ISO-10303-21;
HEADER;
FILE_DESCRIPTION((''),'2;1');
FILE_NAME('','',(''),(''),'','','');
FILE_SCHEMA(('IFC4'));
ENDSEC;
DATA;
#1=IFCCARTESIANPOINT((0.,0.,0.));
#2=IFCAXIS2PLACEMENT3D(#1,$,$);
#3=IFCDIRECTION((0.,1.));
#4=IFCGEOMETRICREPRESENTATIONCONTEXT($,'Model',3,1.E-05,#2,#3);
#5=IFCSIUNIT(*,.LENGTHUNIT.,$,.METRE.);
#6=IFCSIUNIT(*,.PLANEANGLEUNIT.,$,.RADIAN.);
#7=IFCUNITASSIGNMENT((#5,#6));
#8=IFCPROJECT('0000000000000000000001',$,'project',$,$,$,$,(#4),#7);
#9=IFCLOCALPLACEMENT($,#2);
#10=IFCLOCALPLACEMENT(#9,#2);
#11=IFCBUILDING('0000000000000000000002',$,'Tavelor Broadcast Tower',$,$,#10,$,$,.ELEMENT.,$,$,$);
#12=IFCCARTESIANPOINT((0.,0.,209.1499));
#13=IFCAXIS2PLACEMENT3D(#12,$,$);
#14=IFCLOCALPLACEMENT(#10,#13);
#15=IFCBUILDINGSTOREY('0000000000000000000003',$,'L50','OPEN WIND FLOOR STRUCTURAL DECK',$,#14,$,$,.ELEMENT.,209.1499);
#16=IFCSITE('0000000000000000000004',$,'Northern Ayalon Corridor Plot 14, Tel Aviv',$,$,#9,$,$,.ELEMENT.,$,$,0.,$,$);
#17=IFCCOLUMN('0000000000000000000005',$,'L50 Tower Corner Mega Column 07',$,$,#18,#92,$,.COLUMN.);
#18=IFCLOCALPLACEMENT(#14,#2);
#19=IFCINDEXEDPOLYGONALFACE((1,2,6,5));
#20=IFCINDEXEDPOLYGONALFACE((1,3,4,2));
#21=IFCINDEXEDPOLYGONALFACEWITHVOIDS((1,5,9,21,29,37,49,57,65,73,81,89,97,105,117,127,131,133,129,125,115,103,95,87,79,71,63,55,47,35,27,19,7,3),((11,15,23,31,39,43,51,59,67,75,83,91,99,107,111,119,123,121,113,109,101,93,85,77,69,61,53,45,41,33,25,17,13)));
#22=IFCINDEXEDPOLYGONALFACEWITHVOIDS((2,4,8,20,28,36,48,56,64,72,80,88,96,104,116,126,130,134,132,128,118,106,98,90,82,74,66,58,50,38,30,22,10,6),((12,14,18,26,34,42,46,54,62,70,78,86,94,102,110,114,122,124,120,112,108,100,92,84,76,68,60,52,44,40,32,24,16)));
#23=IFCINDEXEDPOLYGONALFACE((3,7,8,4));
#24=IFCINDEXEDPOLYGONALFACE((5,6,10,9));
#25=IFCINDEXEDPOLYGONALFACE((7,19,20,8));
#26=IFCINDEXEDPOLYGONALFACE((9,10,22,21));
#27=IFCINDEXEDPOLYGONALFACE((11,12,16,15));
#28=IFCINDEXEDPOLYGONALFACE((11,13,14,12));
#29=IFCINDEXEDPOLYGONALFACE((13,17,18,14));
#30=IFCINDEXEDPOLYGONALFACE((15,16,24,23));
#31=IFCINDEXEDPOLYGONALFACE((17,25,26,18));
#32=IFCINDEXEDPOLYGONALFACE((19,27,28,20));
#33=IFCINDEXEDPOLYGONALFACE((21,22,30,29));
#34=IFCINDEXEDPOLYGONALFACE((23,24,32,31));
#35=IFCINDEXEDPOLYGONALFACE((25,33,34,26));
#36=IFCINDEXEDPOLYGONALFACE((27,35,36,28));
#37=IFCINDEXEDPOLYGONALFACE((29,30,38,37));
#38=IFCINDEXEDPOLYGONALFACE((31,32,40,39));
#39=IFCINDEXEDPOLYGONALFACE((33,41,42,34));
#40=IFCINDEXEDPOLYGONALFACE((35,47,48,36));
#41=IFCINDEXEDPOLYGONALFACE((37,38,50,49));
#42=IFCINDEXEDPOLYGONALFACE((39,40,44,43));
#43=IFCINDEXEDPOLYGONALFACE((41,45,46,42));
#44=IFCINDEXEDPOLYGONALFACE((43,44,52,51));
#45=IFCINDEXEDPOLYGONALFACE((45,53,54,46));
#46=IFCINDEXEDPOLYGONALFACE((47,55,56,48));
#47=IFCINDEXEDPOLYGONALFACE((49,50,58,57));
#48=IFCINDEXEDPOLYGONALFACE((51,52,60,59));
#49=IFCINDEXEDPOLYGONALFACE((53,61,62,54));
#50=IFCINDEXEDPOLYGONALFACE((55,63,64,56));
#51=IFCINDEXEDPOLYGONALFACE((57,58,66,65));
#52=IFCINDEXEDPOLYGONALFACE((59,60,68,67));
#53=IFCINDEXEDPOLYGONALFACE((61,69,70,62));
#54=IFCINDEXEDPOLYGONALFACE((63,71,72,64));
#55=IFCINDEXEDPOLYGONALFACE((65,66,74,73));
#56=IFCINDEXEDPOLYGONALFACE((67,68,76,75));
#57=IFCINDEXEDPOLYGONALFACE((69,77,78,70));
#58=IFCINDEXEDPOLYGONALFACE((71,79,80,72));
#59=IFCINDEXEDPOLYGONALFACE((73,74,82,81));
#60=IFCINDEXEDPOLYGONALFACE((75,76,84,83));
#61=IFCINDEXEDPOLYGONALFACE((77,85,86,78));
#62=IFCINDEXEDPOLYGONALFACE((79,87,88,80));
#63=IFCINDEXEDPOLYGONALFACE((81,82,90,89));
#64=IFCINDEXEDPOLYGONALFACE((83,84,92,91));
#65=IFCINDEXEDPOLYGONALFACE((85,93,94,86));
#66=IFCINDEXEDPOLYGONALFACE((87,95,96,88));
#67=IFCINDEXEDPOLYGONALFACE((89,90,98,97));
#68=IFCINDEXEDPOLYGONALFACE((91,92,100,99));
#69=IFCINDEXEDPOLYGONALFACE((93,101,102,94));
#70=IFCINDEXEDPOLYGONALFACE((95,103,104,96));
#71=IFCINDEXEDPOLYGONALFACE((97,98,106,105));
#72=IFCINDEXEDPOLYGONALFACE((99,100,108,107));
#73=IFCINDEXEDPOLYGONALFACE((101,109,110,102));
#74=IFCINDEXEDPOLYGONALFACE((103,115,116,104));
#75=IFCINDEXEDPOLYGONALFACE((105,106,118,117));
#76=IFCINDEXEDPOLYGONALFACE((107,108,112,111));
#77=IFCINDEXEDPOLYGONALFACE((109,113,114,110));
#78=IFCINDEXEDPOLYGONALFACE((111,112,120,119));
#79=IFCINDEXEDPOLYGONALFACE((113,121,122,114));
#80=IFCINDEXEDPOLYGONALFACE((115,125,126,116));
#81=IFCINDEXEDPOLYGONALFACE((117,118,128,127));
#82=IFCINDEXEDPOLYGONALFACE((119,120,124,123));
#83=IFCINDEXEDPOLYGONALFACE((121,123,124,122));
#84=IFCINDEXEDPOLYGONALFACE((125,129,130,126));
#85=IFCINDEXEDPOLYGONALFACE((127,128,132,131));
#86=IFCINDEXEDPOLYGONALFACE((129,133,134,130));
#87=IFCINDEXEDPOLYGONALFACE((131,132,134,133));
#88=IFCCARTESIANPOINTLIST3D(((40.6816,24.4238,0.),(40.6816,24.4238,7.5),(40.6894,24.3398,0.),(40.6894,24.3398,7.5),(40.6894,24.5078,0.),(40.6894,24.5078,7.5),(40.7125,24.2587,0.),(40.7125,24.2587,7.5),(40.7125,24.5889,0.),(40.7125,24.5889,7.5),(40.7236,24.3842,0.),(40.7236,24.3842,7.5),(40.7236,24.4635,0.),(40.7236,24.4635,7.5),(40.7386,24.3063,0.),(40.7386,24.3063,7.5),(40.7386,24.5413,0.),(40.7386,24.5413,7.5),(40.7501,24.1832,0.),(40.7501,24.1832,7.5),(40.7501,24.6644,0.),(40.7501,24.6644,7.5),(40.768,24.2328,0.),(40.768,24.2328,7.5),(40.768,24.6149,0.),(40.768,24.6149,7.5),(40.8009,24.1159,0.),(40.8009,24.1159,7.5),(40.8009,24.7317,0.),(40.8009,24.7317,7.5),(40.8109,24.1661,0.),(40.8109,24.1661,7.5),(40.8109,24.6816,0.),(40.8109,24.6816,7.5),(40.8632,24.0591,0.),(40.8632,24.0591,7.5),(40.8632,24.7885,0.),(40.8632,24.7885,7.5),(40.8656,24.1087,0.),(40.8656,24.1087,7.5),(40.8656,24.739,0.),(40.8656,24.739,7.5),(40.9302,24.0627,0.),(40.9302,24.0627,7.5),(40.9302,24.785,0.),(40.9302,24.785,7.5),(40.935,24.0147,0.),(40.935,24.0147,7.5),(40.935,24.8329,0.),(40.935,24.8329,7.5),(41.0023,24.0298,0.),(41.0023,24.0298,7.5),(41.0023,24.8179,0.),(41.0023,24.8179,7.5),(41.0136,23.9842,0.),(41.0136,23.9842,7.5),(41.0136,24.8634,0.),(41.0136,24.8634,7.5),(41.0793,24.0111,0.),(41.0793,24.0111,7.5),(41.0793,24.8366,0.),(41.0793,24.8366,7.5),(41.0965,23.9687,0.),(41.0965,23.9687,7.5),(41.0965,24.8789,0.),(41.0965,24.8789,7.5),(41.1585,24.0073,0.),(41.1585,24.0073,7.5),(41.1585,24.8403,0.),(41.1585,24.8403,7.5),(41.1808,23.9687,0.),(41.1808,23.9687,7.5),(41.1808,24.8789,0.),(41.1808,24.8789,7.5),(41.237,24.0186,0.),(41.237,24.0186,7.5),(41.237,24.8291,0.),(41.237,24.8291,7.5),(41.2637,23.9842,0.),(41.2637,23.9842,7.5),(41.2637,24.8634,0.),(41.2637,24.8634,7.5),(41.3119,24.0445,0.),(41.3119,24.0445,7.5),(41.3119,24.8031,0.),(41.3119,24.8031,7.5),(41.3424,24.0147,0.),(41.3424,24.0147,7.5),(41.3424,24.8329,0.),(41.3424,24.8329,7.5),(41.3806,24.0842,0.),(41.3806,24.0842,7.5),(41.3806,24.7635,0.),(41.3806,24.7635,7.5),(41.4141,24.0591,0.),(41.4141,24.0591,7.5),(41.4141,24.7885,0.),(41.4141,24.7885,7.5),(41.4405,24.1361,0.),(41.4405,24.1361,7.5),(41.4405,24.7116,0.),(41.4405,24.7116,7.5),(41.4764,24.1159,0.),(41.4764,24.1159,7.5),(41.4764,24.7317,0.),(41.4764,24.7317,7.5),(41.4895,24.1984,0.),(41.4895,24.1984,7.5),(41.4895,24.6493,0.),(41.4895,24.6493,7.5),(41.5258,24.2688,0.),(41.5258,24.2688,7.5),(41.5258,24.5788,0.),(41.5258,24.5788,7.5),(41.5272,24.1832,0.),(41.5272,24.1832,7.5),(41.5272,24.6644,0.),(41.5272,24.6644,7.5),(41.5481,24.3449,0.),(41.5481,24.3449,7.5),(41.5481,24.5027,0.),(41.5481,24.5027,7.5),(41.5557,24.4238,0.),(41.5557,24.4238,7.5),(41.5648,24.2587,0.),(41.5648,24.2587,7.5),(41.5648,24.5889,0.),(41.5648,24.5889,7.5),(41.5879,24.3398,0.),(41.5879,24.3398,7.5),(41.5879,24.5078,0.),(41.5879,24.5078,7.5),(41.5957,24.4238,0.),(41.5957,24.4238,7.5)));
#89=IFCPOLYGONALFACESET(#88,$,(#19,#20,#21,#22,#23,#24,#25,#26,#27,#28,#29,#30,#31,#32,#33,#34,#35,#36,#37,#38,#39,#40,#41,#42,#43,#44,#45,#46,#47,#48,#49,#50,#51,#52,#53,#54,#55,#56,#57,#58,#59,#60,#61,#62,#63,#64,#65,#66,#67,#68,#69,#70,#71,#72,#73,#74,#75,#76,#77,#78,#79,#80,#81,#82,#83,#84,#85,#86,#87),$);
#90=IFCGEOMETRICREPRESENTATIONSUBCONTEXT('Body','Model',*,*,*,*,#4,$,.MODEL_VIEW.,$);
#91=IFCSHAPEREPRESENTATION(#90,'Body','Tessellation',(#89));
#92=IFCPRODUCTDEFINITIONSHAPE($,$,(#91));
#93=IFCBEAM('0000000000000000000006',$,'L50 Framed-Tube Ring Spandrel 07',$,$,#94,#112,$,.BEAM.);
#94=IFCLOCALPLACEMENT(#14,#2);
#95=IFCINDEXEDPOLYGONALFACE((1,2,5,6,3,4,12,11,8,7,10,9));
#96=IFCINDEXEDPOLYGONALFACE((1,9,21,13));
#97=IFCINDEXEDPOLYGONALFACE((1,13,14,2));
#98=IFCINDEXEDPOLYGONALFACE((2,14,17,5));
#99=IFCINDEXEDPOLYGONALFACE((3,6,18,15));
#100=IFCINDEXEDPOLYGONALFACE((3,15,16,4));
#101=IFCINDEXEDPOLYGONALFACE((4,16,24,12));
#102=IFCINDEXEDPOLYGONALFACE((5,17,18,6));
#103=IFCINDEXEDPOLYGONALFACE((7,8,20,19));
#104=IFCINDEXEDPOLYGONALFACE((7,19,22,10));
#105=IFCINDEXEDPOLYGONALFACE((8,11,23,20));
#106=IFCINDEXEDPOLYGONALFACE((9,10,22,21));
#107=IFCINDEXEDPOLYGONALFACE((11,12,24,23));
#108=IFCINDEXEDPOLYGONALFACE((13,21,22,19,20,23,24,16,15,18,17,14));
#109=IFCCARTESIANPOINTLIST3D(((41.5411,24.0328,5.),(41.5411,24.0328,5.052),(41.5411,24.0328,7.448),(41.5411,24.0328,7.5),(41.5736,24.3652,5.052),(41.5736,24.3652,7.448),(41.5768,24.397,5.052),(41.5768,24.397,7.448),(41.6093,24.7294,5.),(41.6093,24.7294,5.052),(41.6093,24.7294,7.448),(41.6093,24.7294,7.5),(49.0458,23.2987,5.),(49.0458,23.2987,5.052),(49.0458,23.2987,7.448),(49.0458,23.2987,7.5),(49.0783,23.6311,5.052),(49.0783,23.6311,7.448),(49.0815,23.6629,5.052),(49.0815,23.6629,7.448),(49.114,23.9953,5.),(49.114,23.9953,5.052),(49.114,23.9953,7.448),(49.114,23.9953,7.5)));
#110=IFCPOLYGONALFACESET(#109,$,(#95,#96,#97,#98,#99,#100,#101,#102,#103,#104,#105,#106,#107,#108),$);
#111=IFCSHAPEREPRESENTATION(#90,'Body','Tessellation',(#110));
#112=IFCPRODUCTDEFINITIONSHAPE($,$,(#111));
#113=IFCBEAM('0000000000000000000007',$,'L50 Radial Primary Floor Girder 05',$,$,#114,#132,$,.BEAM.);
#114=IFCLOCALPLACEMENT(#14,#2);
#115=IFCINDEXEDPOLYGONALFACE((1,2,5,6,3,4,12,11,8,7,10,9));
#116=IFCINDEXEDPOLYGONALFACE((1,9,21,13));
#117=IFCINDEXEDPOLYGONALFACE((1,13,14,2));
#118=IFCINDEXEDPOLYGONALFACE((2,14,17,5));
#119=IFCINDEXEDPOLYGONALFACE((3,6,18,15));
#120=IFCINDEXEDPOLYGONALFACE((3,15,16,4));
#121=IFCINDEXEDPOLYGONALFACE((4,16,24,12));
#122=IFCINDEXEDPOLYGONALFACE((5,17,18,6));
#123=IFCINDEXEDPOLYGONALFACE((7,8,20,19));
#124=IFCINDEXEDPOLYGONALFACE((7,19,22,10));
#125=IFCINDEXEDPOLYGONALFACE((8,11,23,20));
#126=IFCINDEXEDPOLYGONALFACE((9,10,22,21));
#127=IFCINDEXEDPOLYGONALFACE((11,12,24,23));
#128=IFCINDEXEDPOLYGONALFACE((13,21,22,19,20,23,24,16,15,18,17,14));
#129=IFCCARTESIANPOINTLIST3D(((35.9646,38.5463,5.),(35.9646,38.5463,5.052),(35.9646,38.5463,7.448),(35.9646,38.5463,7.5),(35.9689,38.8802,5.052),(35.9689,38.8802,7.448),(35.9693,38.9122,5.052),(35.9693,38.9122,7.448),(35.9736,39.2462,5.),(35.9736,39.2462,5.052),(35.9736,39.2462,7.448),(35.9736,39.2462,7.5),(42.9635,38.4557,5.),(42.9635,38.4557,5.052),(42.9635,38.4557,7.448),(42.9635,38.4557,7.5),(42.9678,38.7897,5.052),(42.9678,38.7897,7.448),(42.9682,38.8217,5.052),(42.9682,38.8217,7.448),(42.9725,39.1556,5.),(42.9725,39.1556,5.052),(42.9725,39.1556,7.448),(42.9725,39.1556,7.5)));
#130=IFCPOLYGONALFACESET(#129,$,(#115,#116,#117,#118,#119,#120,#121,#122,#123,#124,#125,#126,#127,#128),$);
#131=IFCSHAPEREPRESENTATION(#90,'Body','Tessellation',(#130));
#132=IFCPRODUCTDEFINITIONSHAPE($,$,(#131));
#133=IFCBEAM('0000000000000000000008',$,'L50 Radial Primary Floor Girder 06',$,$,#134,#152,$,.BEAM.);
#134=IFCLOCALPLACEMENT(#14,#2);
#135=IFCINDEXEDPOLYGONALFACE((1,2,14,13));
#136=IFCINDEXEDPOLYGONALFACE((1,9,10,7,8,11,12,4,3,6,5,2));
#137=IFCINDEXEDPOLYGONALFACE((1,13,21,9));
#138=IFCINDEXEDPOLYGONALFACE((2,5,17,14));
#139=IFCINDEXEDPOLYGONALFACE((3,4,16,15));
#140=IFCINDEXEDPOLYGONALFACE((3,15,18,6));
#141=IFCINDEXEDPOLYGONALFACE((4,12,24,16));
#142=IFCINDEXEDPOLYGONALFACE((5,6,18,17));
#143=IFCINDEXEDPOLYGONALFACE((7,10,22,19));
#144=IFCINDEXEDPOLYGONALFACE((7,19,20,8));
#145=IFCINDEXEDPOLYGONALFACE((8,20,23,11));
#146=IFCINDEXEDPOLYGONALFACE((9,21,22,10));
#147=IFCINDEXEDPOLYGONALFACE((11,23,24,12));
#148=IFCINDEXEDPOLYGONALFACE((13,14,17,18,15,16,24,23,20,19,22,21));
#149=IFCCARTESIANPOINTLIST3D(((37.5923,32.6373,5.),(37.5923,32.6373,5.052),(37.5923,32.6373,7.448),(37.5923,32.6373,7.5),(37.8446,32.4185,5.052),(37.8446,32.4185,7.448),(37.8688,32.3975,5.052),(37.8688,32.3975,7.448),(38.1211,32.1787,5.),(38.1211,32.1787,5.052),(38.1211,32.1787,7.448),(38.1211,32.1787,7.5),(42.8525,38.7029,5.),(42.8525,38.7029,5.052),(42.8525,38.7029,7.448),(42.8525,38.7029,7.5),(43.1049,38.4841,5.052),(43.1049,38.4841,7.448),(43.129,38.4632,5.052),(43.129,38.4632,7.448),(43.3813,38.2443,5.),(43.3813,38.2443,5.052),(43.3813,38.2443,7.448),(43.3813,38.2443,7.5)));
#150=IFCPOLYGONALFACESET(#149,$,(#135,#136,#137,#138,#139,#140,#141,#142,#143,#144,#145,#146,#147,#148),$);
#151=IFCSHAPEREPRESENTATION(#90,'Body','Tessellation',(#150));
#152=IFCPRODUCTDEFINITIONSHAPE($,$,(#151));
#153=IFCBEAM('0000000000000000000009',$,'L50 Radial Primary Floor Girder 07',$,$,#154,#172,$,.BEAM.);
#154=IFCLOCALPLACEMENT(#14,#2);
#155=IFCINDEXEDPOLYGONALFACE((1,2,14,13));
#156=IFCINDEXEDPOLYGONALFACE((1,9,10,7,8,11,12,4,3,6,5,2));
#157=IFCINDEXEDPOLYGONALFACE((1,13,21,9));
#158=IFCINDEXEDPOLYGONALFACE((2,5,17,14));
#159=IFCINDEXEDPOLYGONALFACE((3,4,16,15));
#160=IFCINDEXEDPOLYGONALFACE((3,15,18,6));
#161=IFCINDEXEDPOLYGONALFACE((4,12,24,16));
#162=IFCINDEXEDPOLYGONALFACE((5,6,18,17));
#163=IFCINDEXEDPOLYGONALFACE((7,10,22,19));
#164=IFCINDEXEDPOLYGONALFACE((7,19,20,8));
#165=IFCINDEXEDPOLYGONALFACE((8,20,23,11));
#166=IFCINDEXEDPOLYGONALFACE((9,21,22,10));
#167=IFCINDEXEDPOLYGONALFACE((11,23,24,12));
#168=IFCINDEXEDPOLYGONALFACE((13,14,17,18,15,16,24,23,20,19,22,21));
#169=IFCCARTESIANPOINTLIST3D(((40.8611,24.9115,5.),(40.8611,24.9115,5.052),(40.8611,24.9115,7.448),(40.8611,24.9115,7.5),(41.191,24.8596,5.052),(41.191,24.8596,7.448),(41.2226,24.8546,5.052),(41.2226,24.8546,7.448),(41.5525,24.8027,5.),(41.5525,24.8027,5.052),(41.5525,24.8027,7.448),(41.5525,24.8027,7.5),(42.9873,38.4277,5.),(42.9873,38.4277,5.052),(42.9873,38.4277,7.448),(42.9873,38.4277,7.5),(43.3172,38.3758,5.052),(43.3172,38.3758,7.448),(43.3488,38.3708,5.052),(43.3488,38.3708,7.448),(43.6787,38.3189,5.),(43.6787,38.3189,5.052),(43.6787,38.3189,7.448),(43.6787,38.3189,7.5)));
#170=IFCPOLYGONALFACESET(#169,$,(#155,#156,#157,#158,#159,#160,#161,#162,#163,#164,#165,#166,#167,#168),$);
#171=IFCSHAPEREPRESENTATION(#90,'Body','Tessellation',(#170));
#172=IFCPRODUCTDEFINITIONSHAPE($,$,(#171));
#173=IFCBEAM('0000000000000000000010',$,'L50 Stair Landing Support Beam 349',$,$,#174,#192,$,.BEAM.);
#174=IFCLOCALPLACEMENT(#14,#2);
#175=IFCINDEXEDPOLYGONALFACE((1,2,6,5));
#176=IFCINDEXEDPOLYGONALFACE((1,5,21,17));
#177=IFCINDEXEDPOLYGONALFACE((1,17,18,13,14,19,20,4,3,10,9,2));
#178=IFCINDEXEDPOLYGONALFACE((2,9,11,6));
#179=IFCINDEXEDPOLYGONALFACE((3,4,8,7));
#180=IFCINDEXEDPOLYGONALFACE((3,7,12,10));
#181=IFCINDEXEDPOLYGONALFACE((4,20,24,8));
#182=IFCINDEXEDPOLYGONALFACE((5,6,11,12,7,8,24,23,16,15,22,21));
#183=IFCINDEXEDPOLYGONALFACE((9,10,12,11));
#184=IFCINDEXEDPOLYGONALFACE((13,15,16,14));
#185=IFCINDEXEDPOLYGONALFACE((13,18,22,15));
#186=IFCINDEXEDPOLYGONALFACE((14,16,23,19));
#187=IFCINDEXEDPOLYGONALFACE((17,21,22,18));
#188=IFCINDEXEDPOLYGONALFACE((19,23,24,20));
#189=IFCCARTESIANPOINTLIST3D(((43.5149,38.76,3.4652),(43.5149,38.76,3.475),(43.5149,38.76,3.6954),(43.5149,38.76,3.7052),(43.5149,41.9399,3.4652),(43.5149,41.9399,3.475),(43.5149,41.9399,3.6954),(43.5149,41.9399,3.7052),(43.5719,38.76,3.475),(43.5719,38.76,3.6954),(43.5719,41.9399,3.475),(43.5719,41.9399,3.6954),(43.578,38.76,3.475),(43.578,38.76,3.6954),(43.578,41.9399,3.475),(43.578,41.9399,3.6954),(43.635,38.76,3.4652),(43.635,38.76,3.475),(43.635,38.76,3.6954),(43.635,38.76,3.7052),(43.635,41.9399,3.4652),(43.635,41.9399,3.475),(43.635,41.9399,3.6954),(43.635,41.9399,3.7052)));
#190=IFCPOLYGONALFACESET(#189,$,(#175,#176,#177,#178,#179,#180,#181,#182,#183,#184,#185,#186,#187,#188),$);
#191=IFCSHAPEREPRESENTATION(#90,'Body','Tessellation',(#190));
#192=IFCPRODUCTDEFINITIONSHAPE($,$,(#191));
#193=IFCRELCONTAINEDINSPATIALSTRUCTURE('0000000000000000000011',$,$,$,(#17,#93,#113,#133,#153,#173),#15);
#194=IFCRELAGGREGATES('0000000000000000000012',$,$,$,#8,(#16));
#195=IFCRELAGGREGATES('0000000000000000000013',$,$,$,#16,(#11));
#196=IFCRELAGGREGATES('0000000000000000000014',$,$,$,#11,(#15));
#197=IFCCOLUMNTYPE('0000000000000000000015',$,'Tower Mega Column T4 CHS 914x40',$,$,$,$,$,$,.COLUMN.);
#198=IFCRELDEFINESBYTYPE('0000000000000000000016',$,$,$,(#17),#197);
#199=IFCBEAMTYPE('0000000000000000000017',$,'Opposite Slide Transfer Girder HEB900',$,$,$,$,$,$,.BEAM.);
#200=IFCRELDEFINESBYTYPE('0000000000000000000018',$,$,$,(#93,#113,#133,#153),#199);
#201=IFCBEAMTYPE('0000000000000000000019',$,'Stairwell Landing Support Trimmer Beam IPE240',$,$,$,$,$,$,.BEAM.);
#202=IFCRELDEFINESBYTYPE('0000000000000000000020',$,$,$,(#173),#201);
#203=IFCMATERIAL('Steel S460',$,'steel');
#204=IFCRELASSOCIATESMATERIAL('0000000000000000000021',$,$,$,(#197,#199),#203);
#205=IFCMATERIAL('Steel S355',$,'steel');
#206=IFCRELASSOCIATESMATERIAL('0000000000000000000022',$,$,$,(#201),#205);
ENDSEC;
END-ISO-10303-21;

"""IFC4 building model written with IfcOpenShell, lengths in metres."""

from ifc_helpers import new_model, si_unit, direction, frame, origin, origin_2d, place, context, subcontext, project, spatial, hollow_circle, i_section, extrude, material, material_profile, profile_set, type_object, element, save


model = new_model("IFC4")

# Units and contexts
model_context = context("Model", 3, precision=1e-05, world=origin(), true_north=direction((0.0, 1.0)))
body_context = subcontext(model_context, "Body", "Model", "MODEL_VIEW")
ifc_project = project(units=[si_unit("LENGTHUNIT", "METRE"), si_unit("PLANEANGLEUNIT", "RADIAN")], contexts=[model_context])

# Site, building, storey
site_placement = place(None, origin())
site = spatial("IfcSite", under=ifc_project, at=site_placement, Name="Northern Ayalon Corridor Plot 14, Tel Aviv", CompositionType="ELEMENT", RefElevation=0.0)
building_placement = place(site_placement, origin())
building = spatial("IfcBuilding", under=site, at=building_placement, Name="Tavelor Broadcast Tower", CompositionType="ELEMENT")
storey_placement = place(building_placement, frame((0.0, 0.0, 209.1499)))
storey = spatial("IfcBuildingStorey", under=building, at=storey_placement, Name="L50", Description="OPEN WIND FLOOR STRUCTURAL DECK", CompositionType="ELEMENT", Elevation=209.1499)

# Column
ifc_material_1 = material(Name="Steel S460", Category="steel")
ifc_material_profile_1 = material_profile(ifc_material_1, hollow_circle(Radius=0.457, WallThickness=0.04, at=origin_2d()), Name="CHS 914x40")
ifc_profile_set_1 = profile_set([ifc_material_profile_1], Name="Steel S460")
column_type = type_object("IfcColumnType", Name="Tower Mega Column T4 CHS 914x40", PredefinedType="COLUMN", material=ifc_profile_set_1)
column_placement = place(storey_placement, frame((41.1387, 24.4238, 0.0), z_axis=(0.0, 0.0, 1.0), x_axis=(1.0, 0.0, 0.0)))
element("IfcColumn", 1, at=column_placement, inside=storey, type_object=column_type, Name="L50 Tower Corner Mega Column 07", PredefinedType="COLUMN", context=body_context, shape_type="SweptSolid", body=[
    extrude(hollow_circle(Radius=0.457, WallThickness=0.04, at=origin_2d()), origin(), (0.0, 0.0, 1.0), 7.5),
])

# Beams
ifc_material_profile_2 = material_profile(ifc_material_1, i_section(OverallWidth=0.7, OverallDepth=2.5, WebThickness=0.032, FlangeThickness=0.052, at=origin_2d()), Name="PG 2500x700")
ifc_profile_set_2 = profile_set([ifc_material_profile_2], Name="Steel S460")
beam_type_1 = type_object("IfcBeamType", Name="Opposite Slide Transfer Girder HEB900", PredefinedType="BEAM", material=ifc_profile_set_2)
beam_1_placement = place(storey_placement, frame((41.5752, 24.3811, 6.25), z_axis=(0.995249, -0.097359, 0.0), x_axis=(0.097359, 0.995249, 0.0)))
element("IfcBeam", 2, at=beam_1_placement, inside=storey, type_object=beam_type_1, Name="L50 Framed-Tube Ring Spandrel 07", PredefinedType="BEAM", context=body_context, shape_type="SweptSolid", body=[
    extrude(i_section(OverallWidth=0.7, OverallDepth=2.5, WebThickness=0.032, FlangeThickness=0.052, at=origin_2d()), origin(), (0.0, 0.0, 1.0), 7.5405),
])
beam_2_placement = place(storey_placement, frame((42.968, 38.8057, 6.25), z_axis=(-0.999916, 0.01294, 0.0), x_axis=(-0.01294, -0.999916, 0.0)))
element("IfcBeam", 3, at=beam_2_placement, inside=storey, type_object=beam_type_1, Name="L50 Radial Primary Floor Girder 05", PredefinedType="BEAM", context=body_context, shape_type="SweptSolid", body=[
    extrude(i_section(OverallWidth=0.7, OverallDepth=2.5, WebThickness=0.032, FlangeThickness=0.052, at=origin_2d()), origin(), (0.0, 0.0, 1.0), 6.9995),
])
beam_3_placement = place(storey_placement, frame((43.1169, 38.4736, 6.25), z_axis=(-0.655168, -0.755483, 0.0), x_axis=(0.755483, -0.655168, 0.0)))
element("IfcBeam", 4, at=beam_3_placement, inside=storey, type_object=beam_type_1, Name="L50 Radial Primary Floor Girder 06", PredefinedType="BEAM", context=body_context, shape_type="SweptSolid", body=[
    extrude(i_section(OverallWidth=0.7, OverallDepth=2.5, WebThickness=0.032, FlangeThickness=0.052, at=origin_2d()), origin(), (0.0, 0.0, 1.0), 8.0288),
])
beam_4_placement = place(storey_placement, frame((43.333, 38.3733, 6.25), z_axis=(-0.155399, -0.987852, 0.0), x_axis=(0.987852, -0.155399, 0.0)))
element("IfcBeam", 5, at=beam_4_placement, inside=storey, type_object=beam_type_1, Name="L50 Radial Primary Floor Girder 07", PredefinedType="BEAM", context=body_context, shape_type="SweptSolid", body=[
    extrude(i_section(OverallWidth=0.7, OverallDepth=2.5, WebThickness=0.032, FlangeThickness=0.052, at=origin_2d()), origin(), (0.0, 0.0, 1.0), 13.6824),
])
ifc_material_2 = material(Name="Steel S355", Category="steel")
ifc_material_profile_3 = material_profile(ifc_material_2, i_section(OverallWidth=0.1201, OverallDepth=0.24, WebThickness=0.0061, FlangeThickness=0.0098, at=origin_2d()), Name="IPE 240")
ifc_profile_set_3 = profile_set([ifc_material_profile_3], Name="Steel S355")
beam_type_2 = type_object("IfcBeamType", Name="Stairwell Landing Support Trimmer Beam IPE240", PredefinedType="BEAM", material=ifc_profile_set_3)
for number, where, z_axis, x_axis, name in (
    (6, (43.575, 38.76, 3.5852), (0.0, 1.0, 0.0), (-1.0, 0.0, 0.0), "L50 Stair Landing Support Beam 349"),
):
    element("IfcBeam", number, at=place(storey_placement, frame(where, z_axis=z_axis, x_axis=x_axis)), inside=storey, type_object=beam_type_2, Name=name, PredefinedType="BEAM", context=body_context, shape_type="SweptSolid", body=[
        extrude(i_section(OverallWidth=0.1201, OverallDepth=0.24, WebThickness=0.0061, FlangeThickness=0.0098, at=origin_2d()), origin(), (0.0, 0.0, 1.0), 3.1799),
    ])

save(model, "model.ifc")
